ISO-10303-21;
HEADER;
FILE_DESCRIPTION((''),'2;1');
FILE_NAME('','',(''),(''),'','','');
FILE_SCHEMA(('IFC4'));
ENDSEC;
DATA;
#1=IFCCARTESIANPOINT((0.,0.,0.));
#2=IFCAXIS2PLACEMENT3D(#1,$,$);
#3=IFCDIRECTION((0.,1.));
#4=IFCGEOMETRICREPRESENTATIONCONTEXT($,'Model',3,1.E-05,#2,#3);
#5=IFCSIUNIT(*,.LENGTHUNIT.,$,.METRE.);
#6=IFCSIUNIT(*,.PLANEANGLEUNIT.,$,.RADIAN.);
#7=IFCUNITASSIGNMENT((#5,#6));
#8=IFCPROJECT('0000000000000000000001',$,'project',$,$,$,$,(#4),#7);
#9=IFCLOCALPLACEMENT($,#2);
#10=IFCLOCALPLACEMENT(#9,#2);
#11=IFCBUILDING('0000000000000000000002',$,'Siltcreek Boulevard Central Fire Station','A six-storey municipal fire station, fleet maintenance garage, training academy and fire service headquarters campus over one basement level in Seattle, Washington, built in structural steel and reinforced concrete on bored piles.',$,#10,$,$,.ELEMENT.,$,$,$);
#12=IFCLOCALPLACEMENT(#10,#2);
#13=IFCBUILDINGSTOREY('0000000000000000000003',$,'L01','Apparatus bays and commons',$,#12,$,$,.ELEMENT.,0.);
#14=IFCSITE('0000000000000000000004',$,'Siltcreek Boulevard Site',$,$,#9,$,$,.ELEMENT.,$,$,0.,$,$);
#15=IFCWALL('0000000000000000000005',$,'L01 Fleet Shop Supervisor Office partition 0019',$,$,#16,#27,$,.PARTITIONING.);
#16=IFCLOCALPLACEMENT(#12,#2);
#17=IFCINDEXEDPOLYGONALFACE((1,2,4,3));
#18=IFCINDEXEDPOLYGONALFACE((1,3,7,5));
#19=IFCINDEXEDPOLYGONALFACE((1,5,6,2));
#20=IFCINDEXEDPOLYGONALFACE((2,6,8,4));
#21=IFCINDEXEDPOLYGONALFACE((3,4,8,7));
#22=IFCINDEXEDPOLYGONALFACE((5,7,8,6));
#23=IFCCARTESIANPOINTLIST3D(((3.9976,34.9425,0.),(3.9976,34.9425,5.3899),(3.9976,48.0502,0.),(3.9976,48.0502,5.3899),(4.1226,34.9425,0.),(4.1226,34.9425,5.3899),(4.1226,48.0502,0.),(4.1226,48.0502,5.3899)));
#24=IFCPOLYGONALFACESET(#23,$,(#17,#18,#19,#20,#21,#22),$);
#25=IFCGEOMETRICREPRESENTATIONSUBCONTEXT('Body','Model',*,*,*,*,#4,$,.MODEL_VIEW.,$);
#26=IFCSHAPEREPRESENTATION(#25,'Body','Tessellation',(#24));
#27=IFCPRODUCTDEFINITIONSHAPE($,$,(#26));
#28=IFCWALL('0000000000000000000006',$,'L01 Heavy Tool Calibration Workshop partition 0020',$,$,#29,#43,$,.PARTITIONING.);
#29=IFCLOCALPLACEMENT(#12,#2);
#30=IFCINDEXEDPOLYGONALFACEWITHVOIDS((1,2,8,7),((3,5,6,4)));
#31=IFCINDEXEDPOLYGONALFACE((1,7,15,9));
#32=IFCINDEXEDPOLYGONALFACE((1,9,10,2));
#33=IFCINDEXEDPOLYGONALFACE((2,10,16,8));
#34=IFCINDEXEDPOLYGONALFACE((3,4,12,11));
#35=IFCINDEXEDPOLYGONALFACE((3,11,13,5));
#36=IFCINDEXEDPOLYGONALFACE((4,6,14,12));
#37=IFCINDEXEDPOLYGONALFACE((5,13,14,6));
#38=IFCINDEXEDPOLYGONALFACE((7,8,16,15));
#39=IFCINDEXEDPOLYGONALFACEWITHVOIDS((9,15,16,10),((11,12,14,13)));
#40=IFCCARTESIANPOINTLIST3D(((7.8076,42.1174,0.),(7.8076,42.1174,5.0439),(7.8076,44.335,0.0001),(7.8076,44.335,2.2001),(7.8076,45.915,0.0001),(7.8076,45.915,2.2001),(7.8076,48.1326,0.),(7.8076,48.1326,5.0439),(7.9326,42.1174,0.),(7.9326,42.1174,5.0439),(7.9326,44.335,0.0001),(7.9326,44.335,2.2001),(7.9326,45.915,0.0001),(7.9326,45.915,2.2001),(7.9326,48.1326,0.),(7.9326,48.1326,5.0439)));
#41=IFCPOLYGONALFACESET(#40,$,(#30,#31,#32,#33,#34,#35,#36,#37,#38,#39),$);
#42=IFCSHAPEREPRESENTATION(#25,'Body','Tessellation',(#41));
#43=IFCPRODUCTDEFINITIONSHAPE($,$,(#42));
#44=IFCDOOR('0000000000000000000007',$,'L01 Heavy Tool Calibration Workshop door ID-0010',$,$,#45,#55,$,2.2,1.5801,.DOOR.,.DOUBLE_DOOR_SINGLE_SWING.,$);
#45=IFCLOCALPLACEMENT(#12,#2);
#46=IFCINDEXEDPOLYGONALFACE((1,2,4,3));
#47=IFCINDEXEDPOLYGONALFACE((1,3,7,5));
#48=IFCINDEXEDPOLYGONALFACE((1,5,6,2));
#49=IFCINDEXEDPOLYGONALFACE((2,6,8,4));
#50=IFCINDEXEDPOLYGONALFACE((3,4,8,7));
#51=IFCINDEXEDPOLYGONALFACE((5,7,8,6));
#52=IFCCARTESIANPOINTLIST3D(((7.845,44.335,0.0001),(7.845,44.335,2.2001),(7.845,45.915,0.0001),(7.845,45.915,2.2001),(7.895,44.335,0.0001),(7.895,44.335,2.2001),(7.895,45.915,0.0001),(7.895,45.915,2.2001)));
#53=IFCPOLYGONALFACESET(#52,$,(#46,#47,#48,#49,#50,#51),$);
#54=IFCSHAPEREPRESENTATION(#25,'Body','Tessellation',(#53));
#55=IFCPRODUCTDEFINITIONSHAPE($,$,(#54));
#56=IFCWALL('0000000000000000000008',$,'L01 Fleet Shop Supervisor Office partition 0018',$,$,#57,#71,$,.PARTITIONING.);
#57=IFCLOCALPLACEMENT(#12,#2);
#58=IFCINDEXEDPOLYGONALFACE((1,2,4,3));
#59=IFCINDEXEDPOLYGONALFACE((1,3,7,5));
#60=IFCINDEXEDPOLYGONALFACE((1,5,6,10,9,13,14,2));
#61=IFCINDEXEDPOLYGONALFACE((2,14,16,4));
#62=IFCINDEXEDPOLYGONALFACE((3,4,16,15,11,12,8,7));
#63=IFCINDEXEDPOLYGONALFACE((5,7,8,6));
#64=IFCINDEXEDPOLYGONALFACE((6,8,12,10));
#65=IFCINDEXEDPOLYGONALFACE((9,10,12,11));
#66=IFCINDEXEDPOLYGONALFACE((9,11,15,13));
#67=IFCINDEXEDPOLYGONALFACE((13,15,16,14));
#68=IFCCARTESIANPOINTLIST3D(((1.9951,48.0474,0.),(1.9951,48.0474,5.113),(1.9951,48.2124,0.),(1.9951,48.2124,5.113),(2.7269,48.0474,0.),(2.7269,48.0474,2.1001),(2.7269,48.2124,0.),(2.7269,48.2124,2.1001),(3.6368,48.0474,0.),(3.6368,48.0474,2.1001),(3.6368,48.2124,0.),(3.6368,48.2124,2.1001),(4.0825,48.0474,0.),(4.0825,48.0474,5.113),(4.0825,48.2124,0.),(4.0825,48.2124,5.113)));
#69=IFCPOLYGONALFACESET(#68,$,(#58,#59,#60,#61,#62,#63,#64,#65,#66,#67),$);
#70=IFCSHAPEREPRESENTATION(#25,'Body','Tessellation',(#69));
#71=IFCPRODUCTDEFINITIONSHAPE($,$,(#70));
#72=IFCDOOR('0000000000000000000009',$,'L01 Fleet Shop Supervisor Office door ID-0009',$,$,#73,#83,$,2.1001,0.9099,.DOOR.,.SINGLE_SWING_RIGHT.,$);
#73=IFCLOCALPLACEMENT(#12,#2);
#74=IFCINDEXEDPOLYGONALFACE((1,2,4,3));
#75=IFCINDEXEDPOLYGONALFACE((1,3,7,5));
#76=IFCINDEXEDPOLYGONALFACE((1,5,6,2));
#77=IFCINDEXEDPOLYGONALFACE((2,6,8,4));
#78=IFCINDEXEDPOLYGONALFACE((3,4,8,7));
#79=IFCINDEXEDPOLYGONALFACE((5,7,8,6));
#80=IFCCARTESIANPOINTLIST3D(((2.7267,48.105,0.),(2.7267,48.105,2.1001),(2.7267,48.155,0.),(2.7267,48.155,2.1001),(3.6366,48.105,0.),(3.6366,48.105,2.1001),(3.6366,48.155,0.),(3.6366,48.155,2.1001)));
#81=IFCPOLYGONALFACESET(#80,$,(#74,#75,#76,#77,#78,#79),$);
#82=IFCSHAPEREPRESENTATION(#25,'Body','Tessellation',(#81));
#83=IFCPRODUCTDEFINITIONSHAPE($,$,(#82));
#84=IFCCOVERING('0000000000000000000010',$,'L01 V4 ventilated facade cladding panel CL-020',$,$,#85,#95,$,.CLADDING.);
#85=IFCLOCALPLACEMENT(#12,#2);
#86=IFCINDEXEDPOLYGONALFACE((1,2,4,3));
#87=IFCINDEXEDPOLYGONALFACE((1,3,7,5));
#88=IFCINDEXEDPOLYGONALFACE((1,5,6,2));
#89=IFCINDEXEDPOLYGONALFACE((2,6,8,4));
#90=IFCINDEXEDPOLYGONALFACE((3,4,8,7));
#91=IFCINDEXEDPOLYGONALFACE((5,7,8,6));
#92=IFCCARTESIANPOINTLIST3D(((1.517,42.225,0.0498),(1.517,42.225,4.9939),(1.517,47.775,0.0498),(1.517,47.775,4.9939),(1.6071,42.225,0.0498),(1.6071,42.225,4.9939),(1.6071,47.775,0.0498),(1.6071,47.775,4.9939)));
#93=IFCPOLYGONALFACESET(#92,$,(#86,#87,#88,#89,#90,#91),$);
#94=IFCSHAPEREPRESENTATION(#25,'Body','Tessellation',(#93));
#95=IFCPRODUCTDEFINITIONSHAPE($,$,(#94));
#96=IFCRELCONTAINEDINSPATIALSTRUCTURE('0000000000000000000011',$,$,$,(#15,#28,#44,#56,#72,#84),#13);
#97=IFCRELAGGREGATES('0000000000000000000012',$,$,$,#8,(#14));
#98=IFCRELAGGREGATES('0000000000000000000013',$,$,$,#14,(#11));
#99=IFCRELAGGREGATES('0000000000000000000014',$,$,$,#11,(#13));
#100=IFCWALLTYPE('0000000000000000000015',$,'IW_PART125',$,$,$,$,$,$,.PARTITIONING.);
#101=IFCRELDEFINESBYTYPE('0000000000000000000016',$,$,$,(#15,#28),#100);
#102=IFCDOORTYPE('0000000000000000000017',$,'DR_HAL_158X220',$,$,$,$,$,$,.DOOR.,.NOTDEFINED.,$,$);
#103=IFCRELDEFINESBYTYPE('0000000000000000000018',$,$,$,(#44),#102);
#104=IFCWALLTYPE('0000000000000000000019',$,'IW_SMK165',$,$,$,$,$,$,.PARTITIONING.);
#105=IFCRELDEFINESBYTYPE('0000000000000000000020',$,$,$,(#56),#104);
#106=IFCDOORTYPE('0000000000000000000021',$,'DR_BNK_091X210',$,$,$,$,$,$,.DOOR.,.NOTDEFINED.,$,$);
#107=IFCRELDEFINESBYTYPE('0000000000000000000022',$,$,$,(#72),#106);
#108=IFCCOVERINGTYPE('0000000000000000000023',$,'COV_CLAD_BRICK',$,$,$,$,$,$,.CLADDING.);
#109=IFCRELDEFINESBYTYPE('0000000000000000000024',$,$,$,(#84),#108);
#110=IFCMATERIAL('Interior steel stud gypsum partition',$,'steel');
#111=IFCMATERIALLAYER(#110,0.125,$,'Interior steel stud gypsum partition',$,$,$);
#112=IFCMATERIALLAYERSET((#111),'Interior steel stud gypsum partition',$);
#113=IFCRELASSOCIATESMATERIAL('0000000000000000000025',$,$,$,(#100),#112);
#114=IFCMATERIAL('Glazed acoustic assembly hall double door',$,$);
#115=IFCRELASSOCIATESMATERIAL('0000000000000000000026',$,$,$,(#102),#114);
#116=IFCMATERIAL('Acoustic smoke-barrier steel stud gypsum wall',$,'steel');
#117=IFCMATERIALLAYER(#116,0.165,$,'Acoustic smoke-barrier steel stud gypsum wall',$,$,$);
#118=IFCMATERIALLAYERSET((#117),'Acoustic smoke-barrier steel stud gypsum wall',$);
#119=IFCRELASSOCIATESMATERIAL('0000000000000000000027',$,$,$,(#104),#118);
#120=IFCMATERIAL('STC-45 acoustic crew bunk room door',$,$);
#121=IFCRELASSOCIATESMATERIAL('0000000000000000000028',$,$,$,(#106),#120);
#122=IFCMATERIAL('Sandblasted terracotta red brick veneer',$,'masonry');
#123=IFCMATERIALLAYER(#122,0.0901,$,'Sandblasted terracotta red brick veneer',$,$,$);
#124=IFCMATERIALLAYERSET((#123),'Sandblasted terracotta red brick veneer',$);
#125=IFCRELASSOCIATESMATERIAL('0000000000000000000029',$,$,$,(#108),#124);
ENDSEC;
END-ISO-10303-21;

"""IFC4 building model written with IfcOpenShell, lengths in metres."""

from ifc_helpers import new_model, si_unit, direction, frame, frame_2d, origin, origin_2d, place, context, subcontext, project, spatial, rectangle, extrude, material, layer, layer_set, type_object, element, fill, save


model = new_model("IFC4")

# Units and contexts
model_context = context("Model", 3, precision=1e-05, world=origin(), true_north=direction((0.0, 1.0)))
body_context = subcontext(model_context, "Body", "Model", "MODEL_VIEW")
ifc_project = project(units=[si_unit("LENGTHUNIT", "METRE"), si_unit("PLANEANGLEUNIT", "RADIAN")], contexts=[model_context])

# Site, building, storey
site_placement = place(None, origin())
site = spatial("IfcSite", under=ifc_project, at=site_placement, Name="Siltcreek Boulevard Site", CompositionType="ELEMENT", RefElevation=0.0)
building_placement = place(site_placement, origin())
building = spatial("IfcBuilding", under=site, at=building_placement, Name="Siltcreek Boulevard Central Fire Station", Description="A six-storey municipal fire station, fleet maintenance garage, training academy and fire service headquarters campus over one basement level in Seattle, Washington, built in structural steel and reinforced concrete on bored piles.", CompositionType="ELEMENT")
storey_placement = place(building_placement, origin())
storey = spatial("IfcBuildingStorey", under=building, at=storey_placement, Name="L01", Description="Apparatus bays and commons", CompositionType="ELEMENT", Elevation=0.0)

# Wall
ifc_material_1 = material(Name="Interior steel stud gypsum partition", Category="steel")
ifc_layer_1 = layer(ifc_material_1, 0.125, Name="Interior steel stud gypsum partition")
ifc_layer_set_1 = layer_set([ifc_layer_1], Name="Interior steel stud gypsum partition")
wall_type_1 = type_object("IfcWallType", Name="IW_PART125", PredefinedType="PARTITIONING", material=ifc_layer_set_1)
wall_1_placement = place(storey_placement, frame((4.0601, 48.05, 0.0), z_axis=(0.0, 0.0, 1.0), x_axis=(0.0, -1.0, 0.0)))
element("IfcWall", 1, at=wall_1_placement, inside=storey, type_object=wall_type_1, Name="L01 Fleet Shop Supervisor Office partition 0019", PredefinedType="PARTITIONING", context=body_context, shape_type="SweptSolid", body=[
    extrude(rectangle(XDim=13.1077, YDim=0.125, at=frame_2d((6.5537, 0.0))), origin(), (0.0, 0.0, 1.0), 5.3899),
])

# Walls, openings, doors
wall_2_placement = place(storey_placement, frame((7.8701, 42.1174, 0.0), z_axis=(0.0, 0.0, 1.0), x_axis=(0.0, 1.0, 0.0)))
wall_2 = element("IfcWall", 2, at=wall_2_placement, inside=storey, type_object=wall_type_1, Name="L01 Heavy Tool Calibration Workshop partition 0020", PredefinedType="PARTITIONING", context=body_context, shape_type="SweptSolid", body=[
    extrude(rectangle(XDim=6.0151, YDim=0.125, at=frame_2d((3.0076, 0.0))), origin(), (0.0, 0.0, 1.0), 5.0439),
])
opening_1_placement = place(wall_2_placement, frame((2.2175, 0.0, 0.0)))
opening_1 = element("IfcOpeningElement", 3, at=opening_1_placement, cuts=wall_2, PredefinedType="OPENING", context=body_context, shape_type="SweptSolid", body=[
    extrude(rectangle(XDim=1.5801, YDim=2.2, at=frame_2d((0.79, 1.1001))), frame((0.0, 0.0725, 0.0), z_axis=(0.0, -1.0, 0.0), x_axis=(1.0, 0.0, 0.0)), (0.0, 0.0, 1.0), 0.145),
])
ifc_material_2 = material(Name="Glazed acoustic assembly hall double door")
door_type_1 = type_object("IfcDoorType", Name="DR_HAL_158X220", OperationType="NOTDEFINED", PredefinedType="DOOR", material=ifc_material_2)
door_1_placement = place(opening_1_placement, frame((1.5801, 0.0, 0.0), z_axis=(0.0, 0.0, 1.0), x_axis=(-1.0, 0.0, 0.0)))
door_1 = element("IfcDoor", 4, at=door_1_placement, inside=storey, type_object=door_type_1, Name="L01 Heavy Tool Calibration Workshop door ID-0010", OperationType="DOUBLE_DOOR_SINGLE_SWING", OverallHeight=2.2, OverallWidth=1.5801, PredefinedType="DOOR", context=body_context, shape_type="SweptSolid", body=[
    extrude(rectangle(XDim=1.5801, YDim=2.2, at=frame_2d((0.79, 1.1001))), frame((0.0, 0.0249, 0.0), z_axis=(0.0, -1.0, 0.0), x_axis=(1.0, 0.0, 0.0)), (0.0, 0.0, 1.0), 0.05),
])
fill(opening_1, door_1)
ifc_material_3 = material(Name="Acoustic smoke-barrier steel stud gypsum wall", Category="steel")
ifc_layer_2 = layer(ifc_material_3, 0.165, Name="Acoustic smoke-barrier steel stud gypsum wall")
ifc_layer_set_2 = layer_set([ifc_layer_2], Name="Acoustic smoke-barrier steel stud gypsum wall")
wall_type_2 = type_object("IfcWallType", Name="IW_SMK165", PredefinedType="PARTITIONING", material=ifc_layer_set_2)
wall_3_placement = place(storey_placement, frame((1.9951, 48.1299, 0.0), z_axis=(0.0, 0.0, 1.0), x_axis=(1.0, 0.0, 0.0)))
wall_3 = element("IfcWall", 5, at=wall_3_placement, inside=storey, type_object=wall_type_2, Name="L01 Fleet Shop Supervisor Office partition 0018", PredefinedType="PARTITIONING", context=body_context, shape_type="SweptSolid", body=[
    extrude(rectangle(XDim=2.0874, YDim=0.165, at=frame_2d((1.0437, 0.0))), origin(), (0.0, 0.0, 1.0), 5.113),
])
opening_2_placement = place(wall_3_placement, frame((0.7317, 0.0, 0.0)))
opening_2 = element("IfcOpeningElement", 6, at=opening_2_placement, cuts=wall_3, PredefinedType="OPENING", context=body_context, shape_type="SweptSolid", body=[
    extrude(rectangle(XDim=0.9099, YDim=2.1001, at=frame_2d((0.4551, 1.05))), frame((0.0, 0.0925, 0.0), z_axis=(0.0, -1.0, 0.0), x_axis=(1.0, 0.0, 0.0)), (0.0, 0.0, 1.0), 0.1851),
])
ifc_material_4 = material(Name="STC-45 acoustic crew bunk room door")
door_type_2 = type_object("IfcDoorType", Name="DR_BNK_091X210", OperationType="NOTDEFINED", PredefinedType="DOOR", material=ifc_material_4)
door_2_placement = place(opening_2_placement, frame((0.9099, 0.0, 0.0), z_axis=(0.0, 0.0, 1.0), x_axis=(-1.0, 0.0, 0.0)))
door_2 = element("IfcDoor", 7, at=door_2_placement, inside=storey, type_object=door_type_2, Name="L01 Fleet Shop Supervisor Office door ID-0009", OperationType="SINGLE_SWING_RIGHT", OverallHeight=2.1001, OverallWidth=0.9099, PredefinedType="DOOR", context=body_context, shape_type="SweptSolid", body=[
    extrude(rectangle(XDim=0.9099, YDim=2.1001, at=frame_2d((0.4551, 1.05))), frame((0.0, 0.0249, 0.0), z_axis=(0.0, -1.0, 0.0), x_axis=(1.0, 0.0, 0.0)), (0.0, 0.0, 1.0), 0.05),
])
fill(opening_2, door_2)

# Covering
ifc_material_5 = material(Name="Sandblasted terracotta red brick veneer", Category="masonry")
ifc_layer_3 = layer(ifc_material_5, 0.0901, Name="Sandblasted terracotta red brick veneer")
ifc_layer_set_3 = layer_set([ifc_layer_3], Name="Sandblasted terracotta red brick veneer")
covering_type = type_object("IfcCoveringType", Name="COV_CLAD_BRICK", PredefinedType="CLADDING", material=ifc_layer_set_3)
covering_placement = place(storey_placement, frame((1.562, 45.0, 0.0498), z_axis=(0.0, 0.0, 1.0), x_axis=(0.0, -1.0, 0.0)))
element("IfcCovering", 8, at=covering_placement, inside=storey, type_object=covering_type, Name="L01 V4 ventilated facade cladding panel CL-020", PredefinedType="CLADDING", context=body_context, shape_type="SweptSolid", body=[
    extrude(rectangle(XDim=5.55, YDim=0.0901, at=origin_2d()), origin(), (0.0, 0.0, 1.0), 4.9441),
])

save(model, "model.ifc")
